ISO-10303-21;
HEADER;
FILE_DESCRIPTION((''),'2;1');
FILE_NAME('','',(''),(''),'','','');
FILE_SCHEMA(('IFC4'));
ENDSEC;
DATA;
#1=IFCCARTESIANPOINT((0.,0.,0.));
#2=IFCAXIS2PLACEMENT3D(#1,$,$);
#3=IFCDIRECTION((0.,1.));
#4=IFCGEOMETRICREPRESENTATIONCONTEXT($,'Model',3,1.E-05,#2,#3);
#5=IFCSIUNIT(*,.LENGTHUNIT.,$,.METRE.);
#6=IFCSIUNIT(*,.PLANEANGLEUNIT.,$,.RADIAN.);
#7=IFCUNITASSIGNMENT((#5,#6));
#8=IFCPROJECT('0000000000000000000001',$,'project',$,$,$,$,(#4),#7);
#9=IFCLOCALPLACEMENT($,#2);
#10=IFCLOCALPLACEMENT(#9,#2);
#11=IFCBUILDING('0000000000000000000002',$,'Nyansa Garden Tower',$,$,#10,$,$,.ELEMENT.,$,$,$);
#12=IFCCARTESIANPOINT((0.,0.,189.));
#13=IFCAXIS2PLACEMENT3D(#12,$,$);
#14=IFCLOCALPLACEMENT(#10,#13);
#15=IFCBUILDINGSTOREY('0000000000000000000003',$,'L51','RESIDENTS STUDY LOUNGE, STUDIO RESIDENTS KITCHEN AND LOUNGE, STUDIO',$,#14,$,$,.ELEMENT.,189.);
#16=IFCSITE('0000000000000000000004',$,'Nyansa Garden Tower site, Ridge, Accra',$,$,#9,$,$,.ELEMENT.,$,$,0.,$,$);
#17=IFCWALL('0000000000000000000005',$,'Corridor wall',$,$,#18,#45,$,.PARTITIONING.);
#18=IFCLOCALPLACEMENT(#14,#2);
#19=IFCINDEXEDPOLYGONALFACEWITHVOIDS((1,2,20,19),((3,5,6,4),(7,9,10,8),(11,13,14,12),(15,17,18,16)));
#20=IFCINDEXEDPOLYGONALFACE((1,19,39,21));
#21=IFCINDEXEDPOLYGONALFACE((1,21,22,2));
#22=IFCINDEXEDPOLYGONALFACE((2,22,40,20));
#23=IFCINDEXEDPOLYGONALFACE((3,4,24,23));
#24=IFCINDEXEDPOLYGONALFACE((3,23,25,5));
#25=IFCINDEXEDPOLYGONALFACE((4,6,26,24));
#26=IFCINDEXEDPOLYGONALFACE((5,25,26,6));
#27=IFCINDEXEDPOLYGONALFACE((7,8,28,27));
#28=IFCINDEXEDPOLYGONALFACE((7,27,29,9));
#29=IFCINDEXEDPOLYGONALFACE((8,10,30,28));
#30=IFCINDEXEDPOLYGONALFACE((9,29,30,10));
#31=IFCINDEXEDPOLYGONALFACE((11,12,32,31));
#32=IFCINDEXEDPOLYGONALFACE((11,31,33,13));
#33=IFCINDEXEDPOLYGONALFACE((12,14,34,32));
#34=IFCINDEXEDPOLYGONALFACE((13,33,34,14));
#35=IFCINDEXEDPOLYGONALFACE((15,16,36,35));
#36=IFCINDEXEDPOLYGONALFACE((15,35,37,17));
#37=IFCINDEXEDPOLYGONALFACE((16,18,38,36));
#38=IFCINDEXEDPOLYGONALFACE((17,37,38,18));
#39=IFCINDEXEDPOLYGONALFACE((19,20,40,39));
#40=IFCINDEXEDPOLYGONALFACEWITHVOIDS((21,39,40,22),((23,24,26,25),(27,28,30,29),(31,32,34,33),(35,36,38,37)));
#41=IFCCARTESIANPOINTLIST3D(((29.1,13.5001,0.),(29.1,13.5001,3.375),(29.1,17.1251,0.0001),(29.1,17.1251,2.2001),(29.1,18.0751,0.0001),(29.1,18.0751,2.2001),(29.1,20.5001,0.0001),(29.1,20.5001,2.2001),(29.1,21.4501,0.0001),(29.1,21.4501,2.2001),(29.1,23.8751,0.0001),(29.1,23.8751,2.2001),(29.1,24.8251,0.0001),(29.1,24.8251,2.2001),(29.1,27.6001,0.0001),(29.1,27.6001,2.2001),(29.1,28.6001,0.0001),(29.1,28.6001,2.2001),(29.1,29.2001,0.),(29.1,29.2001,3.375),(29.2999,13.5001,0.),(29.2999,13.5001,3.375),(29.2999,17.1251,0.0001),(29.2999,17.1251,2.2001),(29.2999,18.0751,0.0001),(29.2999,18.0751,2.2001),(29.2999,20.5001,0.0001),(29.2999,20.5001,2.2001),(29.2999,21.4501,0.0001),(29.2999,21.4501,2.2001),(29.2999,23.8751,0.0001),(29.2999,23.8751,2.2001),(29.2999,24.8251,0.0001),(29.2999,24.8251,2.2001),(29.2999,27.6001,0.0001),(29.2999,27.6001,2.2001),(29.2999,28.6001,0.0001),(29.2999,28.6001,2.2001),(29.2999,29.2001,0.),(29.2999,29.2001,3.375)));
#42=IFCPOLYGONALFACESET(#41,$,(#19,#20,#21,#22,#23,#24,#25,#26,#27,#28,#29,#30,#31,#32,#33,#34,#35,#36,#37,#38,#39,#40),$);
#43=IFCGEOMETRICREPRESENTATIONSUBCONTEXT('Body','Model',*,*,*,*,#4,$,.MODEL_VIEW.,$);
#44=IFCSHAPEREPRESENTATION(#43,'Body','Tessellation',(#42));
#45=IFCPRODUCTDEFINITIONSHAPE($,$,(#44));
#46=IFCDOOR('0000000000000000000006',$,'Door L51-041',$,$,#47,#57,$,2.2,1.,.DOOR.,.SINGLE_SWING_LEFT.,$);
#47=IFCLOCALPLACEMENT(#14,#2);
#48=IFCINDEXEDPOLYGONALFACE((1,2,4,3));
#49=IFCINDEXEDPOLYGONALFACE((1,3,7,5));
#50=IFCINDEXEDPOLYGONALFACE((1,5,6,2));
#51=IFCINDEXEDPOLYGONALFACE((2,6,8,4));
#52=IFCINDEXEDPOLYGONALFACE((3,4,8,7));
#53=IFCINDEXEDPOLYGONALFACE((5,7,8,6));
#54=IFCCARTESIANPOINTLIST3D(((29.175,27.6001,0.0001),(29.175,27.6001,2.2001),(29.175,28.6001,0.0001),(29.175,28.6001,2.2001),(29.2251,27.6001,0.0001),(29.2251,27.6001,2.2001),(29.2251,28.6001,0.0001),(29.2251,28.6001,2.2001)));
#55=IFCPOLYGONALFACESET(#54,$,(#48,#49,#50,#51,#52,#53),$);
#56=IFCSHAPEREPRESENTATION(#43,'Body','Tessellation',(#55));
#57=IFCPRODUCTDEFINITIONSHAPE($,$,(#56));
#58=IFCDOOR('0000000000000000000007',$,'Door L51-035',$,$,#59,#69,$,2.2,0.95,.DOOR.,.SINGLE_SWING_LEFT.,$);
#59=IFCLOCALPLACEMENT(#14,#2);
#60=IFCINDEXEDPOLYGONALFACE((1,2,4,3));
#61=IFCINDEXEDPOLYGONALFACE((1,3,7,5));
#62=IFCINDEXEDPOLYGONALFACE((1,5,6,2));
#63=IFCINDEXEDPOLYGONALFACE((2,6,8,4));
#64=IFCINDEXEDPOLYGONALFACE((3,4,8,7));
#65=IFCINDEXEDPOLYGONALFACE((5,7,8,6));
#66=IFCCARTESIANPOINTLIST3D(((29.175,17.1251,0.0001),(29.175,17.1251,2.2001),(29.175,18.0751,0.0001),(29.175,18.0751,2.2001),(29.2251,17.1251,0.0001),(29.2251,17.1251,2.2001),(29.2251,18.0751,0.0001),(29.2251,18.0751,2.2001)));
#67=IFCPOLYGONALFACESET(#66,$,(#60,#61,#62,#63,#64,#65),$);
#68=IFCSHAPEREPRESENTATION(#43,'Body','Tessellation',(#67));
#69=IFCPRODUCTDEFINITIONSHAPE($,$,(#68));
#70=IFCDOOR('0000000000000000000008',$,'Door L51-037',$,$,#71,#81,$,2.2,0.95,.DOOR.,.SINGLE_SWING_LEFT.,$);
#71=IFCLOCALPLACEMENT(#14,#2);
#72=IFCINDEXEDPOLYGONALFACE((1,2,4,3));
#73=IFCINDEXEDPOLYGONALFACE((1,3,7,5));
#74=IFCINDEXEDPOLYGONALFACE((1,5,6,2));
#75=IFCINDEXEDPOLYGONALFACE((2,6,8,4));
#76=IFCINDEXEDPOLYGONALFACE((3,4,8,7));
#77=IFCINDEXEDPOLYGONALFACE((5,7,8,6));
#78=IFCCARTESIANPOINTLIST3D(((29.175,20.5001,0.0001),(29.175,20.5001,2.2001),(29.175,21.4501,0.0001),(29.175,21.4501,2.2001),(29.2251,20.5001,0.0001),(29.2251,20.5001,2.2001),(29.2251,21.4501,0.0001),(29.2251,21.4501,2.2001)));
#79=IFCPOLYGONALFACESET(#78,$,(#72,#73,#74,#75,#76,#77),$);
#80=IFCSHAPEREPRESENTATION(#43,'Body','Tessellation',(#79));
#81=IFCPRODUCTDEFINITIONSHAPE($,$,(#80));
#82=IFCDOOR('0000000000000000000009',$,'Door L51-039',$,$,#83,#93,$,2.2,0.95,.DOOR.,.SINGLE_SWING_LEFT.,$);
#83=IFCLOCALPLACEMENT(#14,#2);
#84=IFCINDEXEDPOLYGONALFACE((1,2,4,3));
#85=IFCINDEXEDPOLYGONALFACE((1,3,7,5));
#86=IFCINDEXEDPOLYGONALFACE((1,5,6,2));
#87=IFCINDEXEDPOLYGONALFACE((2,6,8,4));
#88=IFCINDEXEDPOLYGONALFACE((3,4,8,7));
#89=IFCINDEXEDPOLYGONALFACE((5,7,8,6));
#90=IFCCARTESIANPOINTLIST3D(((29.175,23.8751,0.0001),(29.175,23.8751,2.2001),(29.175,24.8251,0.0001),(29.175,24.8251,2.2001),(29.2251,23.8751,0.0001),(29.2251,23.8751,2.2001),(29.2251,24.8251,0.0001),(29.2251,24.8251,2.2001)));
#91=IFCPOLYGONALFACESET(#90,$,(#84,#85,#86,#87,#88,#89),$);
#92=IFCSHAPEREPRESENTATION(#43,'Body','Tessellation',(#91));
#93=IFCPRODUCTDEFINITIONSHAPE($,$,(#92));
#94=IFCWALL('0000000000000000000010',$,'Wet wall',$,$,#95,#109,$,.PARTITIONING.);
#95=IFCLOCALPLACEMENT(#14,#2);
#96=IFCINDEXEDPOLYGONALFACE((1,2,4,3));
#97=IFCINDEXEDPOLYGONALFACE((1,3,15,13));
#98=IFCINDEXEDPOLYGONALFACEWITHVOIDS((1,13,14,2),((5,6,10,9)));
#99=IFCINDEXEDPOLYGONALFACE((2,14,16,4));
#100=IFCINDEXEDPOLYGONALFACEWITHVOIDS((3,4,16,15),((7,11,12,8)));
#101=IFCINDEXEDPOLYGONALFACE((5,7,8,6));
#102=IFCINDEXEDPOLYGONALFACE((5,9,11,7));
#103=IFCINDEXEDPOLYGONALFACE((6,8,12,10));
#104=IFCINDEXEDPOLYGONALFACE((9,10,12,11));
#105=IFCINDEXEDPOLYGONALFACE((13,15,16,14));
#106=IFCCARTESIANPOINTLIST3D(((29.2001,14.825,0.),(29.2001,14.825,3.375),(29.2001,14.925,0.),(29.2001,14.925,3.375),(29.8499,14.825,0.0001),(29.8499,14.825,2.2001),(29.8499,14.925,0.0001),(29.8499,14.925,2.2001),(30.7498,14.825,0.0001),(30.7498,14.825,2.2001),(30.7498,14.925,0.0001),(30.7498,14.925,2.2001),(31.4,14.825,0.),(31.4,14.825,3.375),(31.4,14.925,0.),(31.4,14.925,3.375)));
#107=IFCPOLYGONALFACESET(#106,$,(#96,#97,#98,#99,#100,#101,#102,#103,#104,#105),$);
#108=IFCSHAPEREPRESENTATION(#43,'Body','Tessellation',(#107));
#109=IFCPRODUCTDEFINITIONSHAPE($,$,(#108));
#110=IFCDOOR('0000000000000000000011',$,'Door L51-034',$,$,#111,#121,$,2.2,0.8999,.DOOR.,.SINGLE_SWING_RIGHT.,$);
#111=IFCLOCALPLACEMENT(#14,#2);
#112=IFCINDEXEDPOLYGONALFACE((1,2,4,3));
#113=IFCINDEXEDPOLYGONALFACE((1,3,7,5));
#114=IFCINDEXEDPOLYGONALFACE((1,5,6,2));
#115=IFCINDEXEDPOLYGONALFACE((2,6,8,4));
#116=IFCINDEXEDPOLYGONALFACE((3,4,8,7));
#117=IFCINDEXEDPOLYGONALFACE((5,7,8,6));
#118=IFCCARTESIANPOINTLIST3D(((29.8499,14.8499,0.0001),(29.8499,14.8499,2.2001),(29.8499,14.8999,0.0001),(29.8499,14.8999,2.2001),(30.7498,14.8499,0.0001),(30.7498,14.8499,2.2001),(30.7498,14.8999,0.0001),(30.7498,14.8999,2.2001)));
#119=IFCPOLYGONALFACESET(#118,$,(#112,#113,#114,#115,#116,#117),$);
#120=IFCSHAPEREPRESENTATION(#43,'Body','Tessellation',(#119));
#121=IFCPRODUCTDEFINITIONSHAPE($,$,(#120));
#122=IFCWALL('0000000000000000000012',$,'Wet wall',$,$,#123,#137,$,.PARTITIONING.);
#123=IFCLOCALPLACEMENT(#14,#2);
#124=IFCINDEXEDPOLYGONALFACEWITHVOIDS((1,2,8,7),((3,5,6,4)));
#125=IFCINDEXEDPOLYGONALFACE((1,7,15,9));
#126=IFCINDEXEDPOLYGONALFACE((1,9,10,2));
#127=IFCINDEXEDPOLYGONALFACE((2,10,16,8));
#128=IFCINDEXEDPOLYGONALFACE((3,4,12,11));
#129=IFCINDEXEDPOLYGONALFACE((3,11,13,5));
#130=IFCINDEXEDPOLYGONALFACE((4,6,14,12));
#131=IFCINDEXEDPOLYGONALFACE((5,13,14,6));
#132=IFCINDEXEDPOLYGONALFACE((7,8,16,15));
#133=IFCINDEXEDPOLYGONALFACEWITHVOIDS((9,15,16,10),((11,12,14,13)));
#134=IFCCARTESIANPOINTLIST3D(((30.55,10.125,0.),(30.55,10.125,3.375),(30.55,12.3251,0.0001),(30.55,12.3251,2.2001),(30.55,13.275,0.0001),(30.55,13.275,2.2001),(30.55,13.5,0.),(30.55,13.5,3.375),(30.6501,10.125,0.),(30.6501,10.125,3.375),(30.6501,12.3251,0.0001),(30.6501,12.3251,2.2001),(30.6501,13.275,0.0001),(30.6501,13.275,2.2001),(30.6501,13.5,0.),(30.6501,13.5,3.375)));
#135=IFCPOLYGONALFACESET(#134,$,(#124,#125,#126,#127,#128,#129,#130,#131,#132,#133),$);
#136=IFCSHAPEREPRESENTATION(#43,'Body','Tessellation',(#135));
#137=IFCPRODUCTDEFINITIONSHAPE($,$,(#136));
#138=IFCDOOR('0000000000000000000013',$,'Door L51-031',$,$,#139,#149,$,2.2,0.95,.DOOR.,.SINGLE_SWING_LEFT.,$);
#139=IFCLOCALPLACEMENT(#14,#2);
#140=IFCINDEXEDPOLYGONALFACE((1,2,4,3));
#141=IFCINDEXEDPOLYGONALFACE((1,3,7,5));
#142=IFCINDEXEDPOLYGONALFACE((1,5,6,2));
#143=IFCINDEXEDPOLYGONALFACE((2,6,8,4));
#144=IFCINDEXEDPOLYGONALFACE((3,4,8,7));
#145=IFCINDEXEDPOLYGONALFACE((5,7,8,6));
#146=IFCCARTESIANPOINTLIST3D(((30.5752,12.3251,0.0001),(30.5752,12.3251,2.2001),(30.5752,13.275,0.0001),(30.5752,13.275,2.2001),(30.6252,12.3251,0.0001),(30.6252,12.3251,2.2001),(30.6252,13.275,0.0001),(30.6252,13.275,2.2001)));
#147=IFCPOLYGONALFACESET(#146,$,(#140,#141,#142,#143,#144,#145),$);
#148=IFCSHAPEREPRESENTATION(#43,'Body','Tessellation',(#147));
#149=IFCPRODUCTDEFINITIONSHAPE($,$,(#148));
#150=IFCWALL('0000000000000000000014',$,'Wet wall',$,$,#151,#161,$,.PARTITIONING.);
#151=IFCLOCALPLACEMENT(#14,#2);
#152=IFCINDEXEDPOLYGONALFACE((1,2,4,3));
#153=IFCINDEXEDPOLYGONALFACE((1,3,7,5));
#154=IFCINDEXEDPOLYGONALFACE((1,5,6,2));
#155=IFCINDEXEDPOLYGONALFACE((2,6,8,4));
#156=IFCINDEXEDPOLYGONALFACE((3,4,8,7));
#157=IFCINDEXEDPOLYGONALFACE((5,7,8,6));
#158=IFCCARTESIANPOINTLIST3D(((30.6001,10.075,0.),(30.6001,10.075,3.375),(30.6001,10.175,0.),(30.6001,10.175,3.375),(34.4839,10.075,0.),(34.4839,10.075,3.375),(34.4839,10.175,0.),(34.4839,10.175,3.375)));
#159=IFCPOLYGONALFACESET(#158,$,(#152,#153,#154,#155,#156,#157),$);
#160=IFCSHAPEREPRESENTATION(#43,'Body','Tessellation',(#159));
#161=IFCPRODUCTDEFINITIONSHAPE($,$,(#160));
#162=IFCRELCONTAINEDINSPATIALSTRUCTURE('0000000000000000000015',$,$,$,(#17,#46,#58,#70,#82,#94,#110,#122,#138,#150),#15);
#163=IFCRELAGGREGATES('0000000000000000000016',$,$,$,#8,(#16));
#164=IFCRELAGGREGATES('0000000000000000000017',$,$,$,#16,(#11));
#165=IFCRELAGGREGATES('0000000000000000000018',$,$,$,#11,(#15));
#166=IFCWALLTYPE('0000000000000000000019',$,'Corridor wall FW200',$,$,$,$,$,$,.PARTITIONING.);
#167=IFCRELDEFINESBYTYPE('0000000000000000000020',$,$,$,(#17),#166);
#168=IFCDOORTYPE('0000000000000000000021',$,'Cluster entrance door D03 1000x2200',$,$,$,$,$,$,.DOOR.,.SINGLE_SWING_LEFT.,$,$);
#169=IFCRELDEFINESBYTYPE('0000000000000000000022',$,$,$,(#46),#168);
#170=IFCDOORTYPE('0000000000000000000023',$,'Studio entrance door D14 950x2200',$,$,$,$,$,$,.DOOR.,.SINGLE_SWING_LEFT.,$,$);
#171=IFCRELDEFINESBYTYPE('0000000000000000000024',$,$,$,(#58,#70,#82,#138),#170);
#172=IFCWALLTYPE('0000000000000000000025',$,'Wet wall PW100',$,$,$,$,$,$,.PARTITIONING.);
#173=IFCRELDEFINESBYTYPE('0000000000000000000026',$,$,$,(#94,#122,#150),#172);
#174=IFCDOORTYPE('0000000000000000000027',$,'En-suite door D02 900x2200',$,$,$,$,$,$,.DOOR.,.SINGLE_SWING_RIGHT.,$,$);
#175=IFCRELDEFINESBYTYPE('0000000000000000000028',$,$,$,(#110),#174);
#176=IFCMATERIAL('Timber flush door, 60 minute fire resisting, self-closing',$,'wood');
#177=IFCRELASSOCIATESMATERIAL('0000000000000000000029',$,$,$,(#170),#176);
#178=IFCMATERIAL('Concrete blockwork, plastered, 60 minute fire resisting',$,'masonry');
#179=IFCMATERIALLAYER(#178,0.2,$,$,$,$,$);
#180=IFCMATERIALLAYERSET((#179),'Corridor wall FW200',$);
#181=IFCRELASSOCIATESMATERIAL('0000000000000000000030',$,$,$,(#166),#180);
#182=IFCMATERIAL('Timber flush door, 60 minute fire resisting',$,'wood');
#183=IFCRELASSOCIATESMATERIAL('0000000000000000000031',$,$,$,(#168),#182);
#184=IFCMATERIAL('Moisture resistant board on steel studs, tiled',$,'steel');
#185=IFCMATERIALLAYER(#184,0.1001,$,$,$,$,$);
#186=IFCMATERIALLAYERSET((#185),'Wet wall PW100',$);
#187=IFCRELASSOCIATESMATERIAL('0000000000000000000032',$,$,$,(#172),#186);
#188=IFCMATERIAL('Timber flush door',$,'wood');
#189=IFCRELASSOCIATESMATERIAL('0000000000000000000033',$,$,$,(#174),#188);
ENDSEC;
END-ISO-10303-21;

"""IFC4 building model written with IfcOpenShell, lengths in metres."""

from ifc_helpers import new_model, si_unit, direction, frame, frame_2d, origin, place, context, subcontext, project, spatial, rectangle, extrude, material, layer, layer_set, type_object, element, fill, save


model = new_model("IFC4")

# Units and contexts
model_context = context("Model", 3, precision=1e-05, world=origin(), true_north=direction((0.0, 1.0)))
body_context = subcontext(model_context, "Body", "Model", "MODEL_VIEW")
ifc_project = project(units=[si_unit("LENGTHUNIT", "METRE"), si_unit("PLANEANGLEUNIT", "RADIAN")], contexts=[model_context])

# Site, building, storey
site_placement = place(None, origin())
site = spatial("IfcSite", under=ifc_project, at=site_placement, Name="Nyansa Garden Tower site, Ridge, Accra", CompositionType="ELEMENT", RefElevation=0.0)
building_placement = place(site_placement, origin())
building = spatial("IfcBuilding", under=site, at=building_placement, Name="Nyansa Garden Tower", CompositionType="ELEMENT")
storey_placement = place(building_placement, frame((0.0, 0.0, 189.0)))
storey = spatial("IfcBuildingStorey", under=building, at=storey_placement, Name="L51", Description="RESIDENTS STUDY LOUNGE, STUDIO RESIDENTS KITCHEN AND LOUNGE, STUDIO", CompositionType="ELEMENT", Elevation=189.0)

# Shared definitions
ifc_material_1 = material(Name="Timber flush door, 60 minute fire resisting, self-closing", Category="wood")
door_type_1 = type_object("IfcDoorType", Name="Studio entrance door D14 950x2200", OperationType="SINGLE_SWING_LEFT", PredefinedType="DOOR", material=ifc_material_1)

# Wall, openings, doors
ifc_material_2 = material(Name="Concrete blockwork, plastered, 60 minute fire resisting", Category="masonry")
ifc_layer_1 = layer(ifc_material_2, 0.2)
ifc_layer_set_1 = layer_set([ifc_layer_1], Name="Corridor wall FW200")
wall_type_1 = type_object("IfcWallType", Name="Corridor wall FW200", PredefinedType="PARTITIONING", material=ifc_layer_set_1)
wall_1_placement = place(storey_placement, frame((29.2, 13.5, 0.0), z_axis=(0.0, 0.0, 1.0), x_axis=(0.0, 1.0, 0.0)))
wall_1 = element("IfcWall", 1, at=wall_1_placement, inside=storey, type_object=wall_type_1, Name="Corridor wall", PredefinedType="PARTITIONING", context=body_context, shape_type="SweptSolid", body=[
    extrude(rectangle(XDim=15.7, YDim=0.2, at=frame_2d((7.8501, 0.0))), origin(), (0.0, 0.0, 1.0), 3.375),
])
opening_1_placement = place(wall_1_placement, frame((3.625, 0.0, 0.0)))
opening_1 = element("IfcOpeningElement", 2, at=opening_1_placement, cuts=wall_1, PredefinedType="OPENING", context=body_context, shape_type="SweptSolid", body=[
    extrude(rectangle(XDim=0.95, YDim=2.2, at=frame_2d((0.4751, 1.1001))), frame((0.0, 0.1099, 0.0), z_axis=(0.0, -1.0, 0.0), x_axis=(1.0, 0.0, 0.0)), (0.0, 0.0, 1.0), 0.22),
])
opening_2_placement = place(wall_1_placement, frame((7.0, 0.0, 0.0)))
opening_2 = element("IfcOpeningElement", 3, at=opening_2_placement, cuts=wall_1, PredefinedType="OPENING", context=body_context, shape_type="SweptSolid", body=[
    extrude(rectangle(XDim=0.95, YDim=2.2, at=frame_2d((0.4751, 1.1001))), frame((0.0, 0.1099, 0.0), z_axis=(0.0, -1.0, 0.0), x_axis=(1.0, 0.0, 0.0)), (0.0, 0.0, 1.0), 0.22),
])
opening_3_placement = place(wall_1_placement, frame((10.375, 0.0, 0.0)))
opening_3 = element("IfcOpeningElement", 4, at=opening_3_placement, cuts=wall_1, PredefinedType="OPENING", context=body_context, shape_type="SweptSolid", body=[
    extrude(rectangle(XDim=0.95, YDim=2.2, at=frame_2d((0.4751, 1.1001))), frame((0.0, 0.1099, 0.0), z_axis=(0.0, -1.0, 0.0), x_axis=(1.0, 0.0, 0.0)), (0.0, 0.0, 1.0), 0.22),
])
opening_4_placement = place(wall_1_placement, frame((14.1001, 0.0, 0.0)))
opening_4 = element("IfcOpeningElement", 5, at=opening_4_placement, cuts=wall_1, PredefinedType="OPENING", context=body_context, shape_type="SweptSolid", body=[
    extrude(rectangle(XDim=1.0, YDim=2.2, at=frame_2d((0.5, 1.1001))), frame((0.0, 0.1099, 0.0), z_axis=(0.0, -1.0, 0.0), x_axis=(1.0, 0.0, 0.0)), (0.0, 0.0, 1.0), 0.22),
])
ifc_material_3 = material(Name="Timber flush door, 60 minute fire resisting", Category="wood")
door_type_2 = type_object("IfcDoorType", Name="Cluster entrance door D03 1000x2200", OperationType="SINGLE_SWING_LEFT", PredefinedType="DOOR", material=ifc_material_3)
door_1_placement = place(opening_4_placement, origin())
door_1 = element("IfcDoor", 6, at=door_1_placement, inside=storey, type_object=door_type_2, Name="Door L51-041", OperationType="SINGLE_SWING_LEFT", OverallHeight=2.2, OverallWidth=1.0, PredefinedType="DOOR", context=body_context, shape_type="SweptSolid", body=[
    extrude(rectangle(XDim=1.0, YDim=2.2, at=frame_2d((0.5, 1.1001))), frame((0.0, 0.0249, 0.0), z_axis=(0.0, -1.0, 0.0), x_axis=(1.0, 0.0, 0.0)), (0.0, 0.0, 1.0), 0.05),
])
fill(opening_4, door_1)
door_2_placement = place(opening_1_placement, origin())
door_2 = element("IfcDoor", 7, at=door_2_placement, inside=storey, type_object=door_type_1, Name="Door L51-035", OperationType="SINGLE_SWING_LEFT", OverallHeight=2.2, OverallWidth=0.95, PredefinedType="DOOR", context=body_context, shape_type="SweptSolid", body=[
    extrude(rectangle(XDim=0.95, YDim=2.2, at=frame_2d((0.4751, 1.1001))), frame((0.0, 0.0249, 0.0), z_axis=(0.0, -1.0, 0.0), x_axis=(1.0, 0.0, 0.0)), (0.0, 0.0, 1.0), 0.05),
])
fill(opening_1, door_2)
door_3_placement = place(opening_2_placement, origin())
door_3 = element("IfcDoor", 8, at=door_3_placement, inside=storey, type_object=door_type_1, Name="Door L51-037", OperationType="SINGLE_SWING_LEFT", OverallHeight=2.2, OverallWidth=0.95, PredefinedType="DOOR", context=body_context, shape_type="SweptSolid", body=[
    extrude(rectangle(XDim=0.95, YDim=2.2, at=frame_2d((0.4751, 1.1001))), frame((0.0, 0.0249, 0.0), z_axis=(0.0, -1.0, 0.0), x_axis=(1.0, 0.0, 0.0)), (0.0, 0.0, 1.0), 0.05),
])
fill(opening_2, door_3)
door_4_placement = place(opening_3_placement, origin())
door_4 = element("IfcDoor", 9, at=door_4_placement, inside=storey, type_object=door_type_1, Name="Door L51-039", OperationType="SINGLE_SWING_LEFT", OverallHeight=2.2, OverallWidth=0.95, PredefinedType="DOOR", context=body_context, shape_type="SweptSolid", body=[
    extrude(rectangle(XDim=0.95, YDim=2.2, at=frame_2d((0.4751, 1.1001))), frame((0.0, 0.0249, 0.0), z_axis=(0.0, -1.0, 0.0), x_axis=(1.0, 0.0, 0.0)), (0.0, 0.0, 1.0), 0.05),
])
fill(opening_3, door_4)

# Walls, openings, doors
ifc_material_4 = material(Name="Moisture resistant board on steel studs, tiled", Category="steel")
ifc_layer_2 = layer(ifc_material_4, 0.1001)
ifc_layer_set_2 = layer_set([ifc_layer_2], Name="Wet wall PW100")
wall_type_2 = type_object("IfcWallType", Name="Wet wall PW100", PredefinedType="PARTITIONING", material=ifc_layer_set_2)
wall_2_placement = place(storey_placement, frame((29.2, 14.875, 0.0), z_axis=(0.0, 0.0, 1.0), x_axis=(1.0, 0.0, 0.0)))
wall_2 = element("IfcWall", 10, at=wall_2_placement, inside=storey, type_object=wall_type_2, Name="Wet wall", PredefinedType="PARTITIONING", context=body_context, shape_type="SweptSolid", body=[
    extrude(rectangle(XDim=2.2, YDim=0.1001, at=frame_2d((1.1001, 0.0))), origin(), (0.0, 0.0, 1.0), 3.375),
])
opening_5_placement = place(wall_2_placement, frame((0.6499, 0.0, 0.0)))
opening_5 = element("IfcOpeningElement", 11, at=opening_5_placement, cuts=wall_2, PredefinedType="OPENING", context=body_context, shape_type="SweptSolid", body=[
    extrude(rectangle(XDim=0.8999, YDim=2.2, at=frame_2d((0.45, 1.1001))), frame((0.0, 0.0601, 0.0), z_axis=(0.0, -1.0, 0.0), x_axis=(1.0, 0.0, 0.0)), (0.0, 0.0, 1.0), 0.1201),
])
ifc_material_5 = material(Name="Timber flush door", Category="wood")
door_type_3 = type_object("IfcDoorType", Name="En-suite door D02 900x2200", OperationType="SINGLE_SWING_RIGHT", PredefinedType="DOOR", material=ifc_material_5)
door_5_placement = place(opening_5_placement, origin())
door_5 = element("IfcDoor", 12, at=door_5_placement, inside=storey, type_object=door_type_3, Name="Door L51-034", OperationType="SINGLE_SWING_RIGHT", OverallHeight=2.2, OverallWidth=0.8999, PredefinedType="DOOR", context=body_context, shape_type="SweptSolid", body=[
    extrude(rectangle(XDim=0.8999, YDim=2.2, at=frame_2d((0.45, 1.1001))), frame((0.0, 0.0249, 0.0), z_axis=(0.0, -1.0, 0.0), x_axis=(1.0, 0.0, 0.0)), (0.0, 0.0, 1.0), 0.05),
])
fill(opening_5, door_5)
wall_3_placement = place(storey_placement, frame((30.6001, 10.125, 0.0), z_axis=(0.0, 0.0, 1.0), x_axis=(0.0, 1.0, 0.0)))
wall_3 = element("IfcWall", 13, at=wall_3_placement, inside=storey, type_object=wall_type_2, Name="Wet wall", PredefinedType="PARTITIONING", context=body_context, shape_type="SweptSolid", body=[
    extrude(rectangle(XDim=3.375, YDim=0.1001, at=frame_2d((1.6875, 0.0))), origin(), (0.0, 0.0, 1.0), 3.375),
])
opening_6_placement = place(wall_3_placement, frame((2.2, 0.0, 0.0)))
opening_6 = element("IfcOpeningElement", 14, at=opening_6_placement, cuts=wall_3, PredefinedType="OPENING", context=body_context, shape_type="SweptSolid", body=[
    extrude(rectangle(XDim=0.95, YDim=2.2, at=frame_2d((0.4751, 1.1001))), frame((0.0, 0.0601, 0.0), z_axis=(0.0, -1.0, 0.0), x_axis=(1.0, 0.0, 0.0)), (0.0, 0.0, 1.0), 0.1201),
])
door_6_placement = place(opening_6_placement, origin())
door_6 = element("IfcDoor", 15, at=door_6_placement, inside=storey, type_object=door_type_1, Name="Door L51-031", OperationType="SINGLE_SWING_LEFT", OverallHeight=2.2, OverallWidth=0.95, PredefinedType="DOOR", context=body_context, shape_type="SweptSolid", body=[
    extrude(rectangle(XDim=0.95, YDim=2.2, at=frame_2d((0.4751, 1.1001))), frame((0.0, 0.0249, 0.0), z_axis=(0.0, -1.0, 0.0), x_axis=(1.0, 0.0, 0.0)), (0.0, 0.0, 1.0), 0.05),
])
fill(opening_6, door_6)

# Wall
wall_4_placement = place(storey_placement, frame((30.6001, 10.125, 0.0), z_axis=(0.0, 0.0, 1.0), x_axis=(1.0, 0.0, 0.0)))
element("IfcWall", 16, at=wall_4_placement, inside=storey, type_object=wall_type_2, Name="Wet wall", PredefinedType="PARTITIONING", context=body_context, shape_type="SweptSolid", body=[
    extrude(rectangle(XDim=3.8838, YDim=0.1001, at=frame_2d((1.9419, 0.0))), origin(), (0.0, 0.0, 1.0), 3.375),
])

save(model, "model.ifc")
